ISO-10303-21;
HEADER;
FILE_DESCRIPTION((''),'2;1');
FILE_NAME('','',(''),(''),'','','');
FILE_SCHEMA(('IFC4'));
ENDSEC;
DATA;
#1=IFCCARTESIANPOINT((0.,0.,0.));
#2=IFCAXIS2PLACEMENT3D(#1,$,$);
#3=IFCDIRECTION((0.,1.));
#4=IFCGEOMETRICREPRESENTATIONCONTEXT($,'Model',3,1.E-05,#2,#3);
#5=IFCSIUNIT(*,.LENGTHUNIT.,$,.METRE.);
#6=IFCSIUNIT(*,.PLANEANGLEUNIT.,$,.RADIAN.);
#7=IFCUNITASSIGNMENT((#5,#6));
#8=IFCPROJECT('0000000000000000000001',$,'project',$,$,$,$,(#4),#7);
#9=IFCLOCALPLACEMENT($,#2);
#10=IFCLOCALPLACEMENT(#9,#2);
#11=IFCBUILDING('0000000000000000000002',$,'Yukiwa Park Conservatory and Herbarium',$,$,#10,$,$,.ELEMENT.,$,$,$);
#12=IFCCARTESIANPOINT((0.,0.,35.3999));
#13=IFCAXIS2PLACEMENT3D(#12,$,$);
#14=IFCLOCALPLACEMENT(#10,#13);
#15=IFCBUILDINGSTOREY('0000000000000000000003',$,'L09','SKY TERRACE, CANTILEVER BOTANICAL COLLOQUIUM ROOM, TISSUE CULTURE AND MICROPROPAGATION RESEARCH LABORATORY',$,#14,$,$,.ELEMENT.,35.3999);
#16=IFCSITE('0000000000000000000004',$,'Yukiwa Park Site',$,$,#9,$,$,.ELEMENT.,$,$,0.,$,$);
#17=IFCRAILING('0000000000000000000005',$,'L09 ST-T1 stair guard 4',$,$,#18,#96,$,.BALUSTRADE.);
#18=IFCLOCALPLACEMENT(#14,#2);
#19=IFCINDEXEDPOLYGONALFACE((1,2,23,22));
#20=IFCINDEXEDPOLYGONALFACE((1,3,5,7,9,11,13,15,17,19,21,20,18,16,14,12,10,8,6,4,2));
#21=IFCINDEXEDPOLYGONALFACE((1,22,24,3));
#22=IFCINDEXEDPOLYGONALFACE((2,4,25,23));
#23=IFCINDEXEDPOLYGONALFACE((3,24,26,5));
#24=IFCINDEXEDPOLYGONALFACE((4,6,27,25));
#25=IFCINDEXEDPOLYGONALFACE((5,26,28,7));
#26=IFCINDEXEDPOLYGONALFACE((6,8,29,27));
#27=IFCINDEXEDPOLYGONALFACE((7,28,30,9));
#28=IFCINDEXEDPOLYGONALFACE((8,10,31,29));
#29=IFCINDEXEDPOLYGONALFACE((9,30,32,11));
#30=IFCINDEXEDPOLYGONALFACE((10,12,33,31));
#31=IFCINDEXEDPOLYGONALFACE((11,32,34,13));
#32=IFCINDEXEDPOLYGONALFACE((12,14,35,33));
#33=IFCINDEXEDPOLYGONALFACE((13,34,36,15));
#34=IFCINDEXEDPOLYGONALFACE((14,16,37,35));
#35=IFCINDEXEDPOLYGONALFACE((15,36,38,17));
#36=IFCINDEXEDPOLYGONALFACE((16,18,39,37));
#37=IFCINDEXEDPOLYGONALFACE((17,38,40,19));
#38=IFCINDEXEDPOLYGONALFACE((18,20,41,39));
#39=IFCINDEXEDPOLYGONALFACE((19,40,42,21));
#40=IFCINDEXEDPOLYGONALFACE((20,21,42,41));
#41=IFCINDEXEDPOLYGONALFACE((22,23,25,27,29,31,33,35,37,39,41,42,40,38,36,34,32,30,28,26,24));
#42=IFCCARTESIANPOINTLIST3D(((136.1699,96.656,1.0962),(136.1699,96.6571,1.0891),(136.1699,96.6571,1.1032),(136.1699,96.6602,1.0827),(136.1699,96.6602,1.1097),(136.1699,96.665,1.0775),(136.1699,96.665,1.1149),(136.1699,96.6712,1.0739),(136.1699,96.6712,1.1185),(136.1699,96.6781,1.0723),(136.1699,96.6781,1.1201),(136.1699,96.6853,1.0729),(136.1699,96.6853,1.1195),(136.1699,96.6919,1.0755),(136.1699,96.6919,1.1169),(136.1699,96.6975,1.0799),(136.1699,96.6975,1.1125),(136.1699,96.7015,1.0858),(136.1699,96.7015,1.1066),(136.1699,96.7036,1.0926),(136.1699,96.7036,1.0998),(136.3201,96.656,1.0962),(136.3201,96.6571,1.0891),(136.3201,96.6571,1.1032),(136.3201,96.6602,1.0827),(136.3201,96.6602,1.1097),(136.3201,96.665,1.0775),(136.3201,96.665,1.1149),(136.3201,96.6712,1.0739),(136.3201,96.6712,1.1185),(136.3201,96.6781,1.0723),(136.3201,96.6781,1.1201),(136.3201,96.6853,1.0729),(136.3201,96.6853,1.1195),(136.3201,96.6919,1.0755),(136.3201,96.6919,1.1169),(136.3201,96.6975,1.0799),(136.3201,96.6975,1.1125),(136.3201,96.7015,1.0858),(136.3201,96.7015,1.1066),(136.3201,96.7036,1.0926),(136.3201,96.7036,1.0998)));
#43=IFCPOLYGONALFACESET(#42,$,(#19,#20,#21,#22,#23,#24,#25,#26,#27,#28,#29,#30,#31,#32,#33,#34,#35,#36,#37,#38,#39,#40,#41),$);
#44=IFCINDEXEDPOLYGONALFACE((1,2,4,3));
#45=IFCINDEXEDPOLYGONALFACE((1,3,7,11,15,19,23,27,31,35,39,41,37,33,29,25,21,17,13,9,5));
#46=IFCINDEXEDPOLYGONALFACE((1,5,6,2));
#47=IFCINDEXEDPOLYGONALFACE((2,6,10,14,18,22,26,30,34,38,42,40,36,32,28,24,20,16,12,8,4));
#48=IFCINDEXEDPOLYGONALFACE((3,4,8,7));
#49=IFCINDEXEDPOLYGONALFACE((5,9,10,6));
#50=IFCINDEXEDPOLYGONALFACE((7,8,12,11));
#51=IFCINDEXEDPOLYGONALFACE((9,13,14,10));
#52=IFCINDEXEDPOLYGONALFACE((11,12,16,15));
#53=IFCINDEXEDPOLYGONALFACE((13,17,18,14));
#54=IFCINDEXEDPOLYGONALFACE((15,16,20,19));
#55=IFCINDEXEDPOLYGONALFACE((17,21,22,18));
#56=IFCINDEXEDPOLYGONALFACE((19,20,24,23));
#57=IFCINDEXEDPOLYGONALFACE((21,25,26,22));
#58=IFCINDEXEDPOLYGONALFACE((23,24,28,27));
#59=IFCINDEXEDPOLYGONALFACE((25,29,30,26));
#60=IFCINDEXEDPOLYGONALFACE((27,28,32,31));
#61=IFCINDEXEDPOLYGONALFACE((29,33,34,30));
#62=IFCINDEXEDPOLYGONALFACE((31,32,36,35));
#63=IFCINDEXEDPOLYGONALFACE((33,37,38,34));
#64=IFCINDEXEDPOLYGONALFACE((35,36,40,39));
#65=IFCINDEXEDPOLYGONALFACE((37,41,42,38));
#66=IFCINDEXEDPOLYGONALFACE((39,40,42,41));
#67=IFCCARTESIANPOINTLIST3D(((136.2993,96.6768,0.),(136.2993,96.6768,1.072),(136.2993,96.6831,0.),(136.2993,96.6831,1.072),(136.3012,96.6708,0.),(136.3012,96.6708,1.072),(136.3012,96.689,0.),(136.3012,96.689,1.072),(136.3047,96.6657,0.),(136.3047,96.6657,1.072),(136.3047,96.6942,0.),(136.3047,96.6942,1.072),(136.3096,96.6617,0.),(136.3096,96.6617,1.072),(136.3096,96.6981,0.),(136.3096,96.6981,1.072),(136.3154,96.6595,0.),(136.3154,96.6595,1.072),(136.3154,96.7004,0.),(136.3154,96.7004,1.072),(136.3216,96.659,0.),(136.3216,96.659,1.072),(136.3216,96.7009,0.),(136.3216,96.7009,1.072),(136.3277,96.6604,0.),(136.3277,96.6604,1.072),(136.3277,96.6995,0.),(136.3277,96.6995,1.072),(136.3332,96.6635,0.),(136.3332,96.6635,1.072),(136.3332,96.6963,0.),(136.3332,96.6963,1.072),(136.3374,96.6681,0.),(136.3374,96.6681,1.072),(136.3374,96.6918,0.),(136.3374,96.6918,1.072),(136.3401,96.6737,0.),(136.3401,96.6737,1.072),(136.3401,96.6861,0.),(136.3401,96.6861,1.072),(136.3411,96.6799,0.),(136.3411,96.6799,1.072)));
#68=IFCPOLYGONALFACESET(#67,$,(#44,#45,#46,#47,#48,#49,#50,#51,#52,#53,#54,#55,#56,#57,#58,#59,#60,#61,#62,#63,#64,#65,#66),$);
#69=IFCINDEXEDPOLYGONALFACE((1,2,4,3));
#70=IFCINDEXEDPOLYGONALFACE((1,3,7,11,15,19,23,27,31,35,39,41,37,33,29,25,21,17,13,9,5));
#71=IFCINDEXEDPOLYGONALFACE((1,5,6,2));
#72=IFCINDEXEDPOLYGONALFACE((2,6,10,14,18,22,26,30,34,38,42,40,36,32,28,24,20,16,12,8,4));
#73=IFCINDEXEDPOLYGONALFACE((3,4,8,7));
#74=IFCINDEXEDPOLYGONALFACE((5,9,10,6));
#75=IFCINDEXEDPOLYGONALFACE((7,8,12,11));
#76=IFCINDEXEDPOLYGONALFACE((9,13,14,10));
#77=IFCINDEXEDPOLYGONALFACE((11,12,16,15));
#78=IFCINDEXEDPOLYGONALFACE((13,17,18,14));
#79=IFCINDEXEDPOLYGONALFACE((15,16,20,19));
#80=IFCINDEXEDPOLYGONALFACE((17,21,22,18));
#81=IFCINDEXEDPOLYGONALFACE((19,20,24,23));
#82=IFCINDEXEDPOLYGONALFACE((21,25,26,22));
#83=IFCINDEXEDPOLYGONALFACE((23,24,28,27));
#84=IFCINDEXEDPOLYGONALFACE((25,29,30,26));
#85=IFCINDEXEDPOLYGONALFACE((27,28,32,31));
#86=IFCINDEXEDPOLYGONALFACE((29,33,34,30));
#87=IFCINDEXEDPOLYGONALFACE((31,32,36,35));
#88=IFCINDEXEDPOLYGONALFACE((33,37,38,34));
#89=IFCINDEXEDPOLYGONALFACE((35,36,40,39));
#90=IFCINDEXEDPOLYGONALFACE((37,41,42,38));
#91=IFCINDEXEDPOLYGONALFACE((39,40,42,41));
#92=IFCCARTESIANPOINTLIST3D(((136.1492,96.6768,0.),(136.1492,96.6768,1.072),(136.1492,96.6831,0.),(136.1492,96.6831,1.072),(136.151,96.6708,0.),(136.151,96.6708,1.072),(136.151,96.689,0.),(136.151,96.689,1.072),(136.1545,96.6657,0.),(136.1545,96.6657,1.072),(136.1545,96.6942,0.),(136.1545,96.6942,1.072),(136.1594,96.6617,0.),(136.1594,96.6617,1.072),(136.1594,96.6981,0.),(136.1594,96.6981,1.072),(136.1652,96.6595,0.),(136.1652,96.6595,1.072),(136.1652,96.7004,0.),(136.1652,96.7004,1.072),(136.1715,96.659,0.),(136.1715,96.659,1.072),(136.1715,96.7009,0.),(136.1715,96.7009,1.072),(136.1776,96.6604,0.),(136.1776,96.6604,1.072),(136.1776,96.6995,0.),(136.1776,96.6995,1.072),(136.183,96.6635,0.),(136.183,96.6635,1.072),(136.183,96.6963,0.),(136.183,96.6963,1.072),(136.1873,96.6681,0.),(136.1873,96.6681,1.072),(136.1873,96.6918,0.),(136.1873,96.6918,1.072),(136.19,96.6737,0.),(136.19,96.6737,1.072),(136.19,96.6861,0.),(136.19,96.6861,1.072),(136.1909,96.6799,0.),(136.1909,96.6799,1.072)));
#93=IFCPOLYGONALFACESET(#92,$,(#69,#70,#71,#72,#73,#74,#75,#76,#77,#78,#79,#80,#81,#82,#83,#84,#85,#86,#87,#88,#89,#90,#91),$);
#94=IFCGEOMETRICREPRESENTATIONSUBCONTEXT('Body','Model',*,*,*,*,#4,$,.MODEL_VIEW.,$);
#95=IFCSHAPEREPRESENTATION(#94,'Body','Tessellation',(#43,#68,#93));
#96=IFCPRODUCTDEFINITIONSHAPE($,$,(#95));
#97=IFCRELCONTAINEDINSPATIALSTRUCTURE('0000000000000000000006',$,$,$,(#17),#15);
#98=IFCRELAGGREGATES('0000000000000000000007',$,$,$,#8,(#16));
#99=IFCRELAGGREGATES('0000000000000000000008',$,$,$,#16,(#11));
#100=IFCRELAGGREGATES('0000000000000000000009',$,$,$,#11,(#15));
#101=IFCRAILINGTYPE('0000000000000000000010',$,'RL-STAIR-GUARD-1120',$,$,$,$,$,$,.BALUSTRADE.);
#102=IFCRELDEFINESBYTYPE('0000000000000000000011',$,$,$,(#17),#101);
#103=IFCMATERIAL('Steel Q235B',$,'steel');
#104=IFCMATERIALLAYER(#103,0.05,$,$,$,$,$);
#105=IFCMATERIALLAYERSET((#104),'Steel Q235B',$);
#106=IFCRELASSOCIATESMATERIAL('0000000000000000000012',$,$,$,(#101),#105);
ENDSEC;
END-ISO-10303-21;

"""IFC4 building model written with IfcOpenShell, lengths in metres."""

from ifc_helpers import new_model, si_unit, direction, frame, origin, origin_2d, place, context, subcontext, project, spatial, circle, extrude, material, layer, layer_set, type_object, element, save


model = new_model("IFC4")

# Units and contexts
model_context = context("Model", 3, precision=1e-05, world=origin(), true_north=direction((0.0, 1.0)))
body_context = subcontext(model_context, "Body", "Model", "MODEL_VIEW")
ifc_project = project(units=[si_unit("LENGTHUNIT", "METRE"), si_unit("PLANEANGLEUNIT", "RADIAN")], contexts=[model_context])

# Site, building, storey
site_placement = place(None, origin())
site = spatial("IfcSite", under=ifc_project, at=site_placement, Name="Yukiwa Park Site", CompositionType="ELEMENT", RefElevation=0.0)
building_placement = place(site_placement, origin())
building = spatial("IfcBuilding", under=site, at=building_placement, Name="Yukiwa Park Conservatory and Herbarium", CompositionType="ELEMENT")
storey_placement = place(building_placement, frame((0.0, 0.0, 35.3999)))
storey = spatial("IfcBuildingStorey", under=building, at=storey_placement, Name="L09", Description="SKY TERRACE, CANTILEVER BOTANICAL COLLOQUIUM ROOM, TISSUE CULTURE AND MICROPROPAGATION RESEARCH LABORATORY", CompositionType="ELEMENT", Elevation=35.3999)

# Railing
ifc_material_1 = material(Name="Steel Q235B", Category="steel")
ifc_layer_1 = layer(ifc_material_1, 0.05)
ifc_layer_set_1 = layer_set([ifc_layer_1], Name="Steel Q235B")
railing_type_1 = type_object("IfcRailingType", Name="RL-STAIR-GUARD-1120", PredefinedType="BALUSTRADE", material=ifc_layer_set_1)
railing_1_placement = place(storey_placement, frame((136.3201, 96.6799, 0.0)))
element("IfcRailing", 1, at=railing_1_placement, inside=storey, type_object=railing_type_1, Name="L09 ST-T1 stair guard 4", PredefinedType="BALUSTRADE", context=body_context, shape_type="SweptSolid", body=[
    extrude(circle(Radius=0.0239, at=origin_2d()), frame((0.0, 0.0, 1.0962), z_axis=(-1.0, 0.0, 0.0), x_axis=(0.0, -1.0, 0.0)), (0.0, 0.0, 1.0), 0.1501),
    extrude(circle(Radius=0.021, at=origin_2d()), origin(), (0.0, 0.0, 1.0), 1.072),
    extrude(circle(Radius=0.021, at=origin_2d()), frame((-0.1501, 0.0, 0.0)), (0.0, 0.0, 1.0), 1.072),
])

save(model, "model.ifc")
